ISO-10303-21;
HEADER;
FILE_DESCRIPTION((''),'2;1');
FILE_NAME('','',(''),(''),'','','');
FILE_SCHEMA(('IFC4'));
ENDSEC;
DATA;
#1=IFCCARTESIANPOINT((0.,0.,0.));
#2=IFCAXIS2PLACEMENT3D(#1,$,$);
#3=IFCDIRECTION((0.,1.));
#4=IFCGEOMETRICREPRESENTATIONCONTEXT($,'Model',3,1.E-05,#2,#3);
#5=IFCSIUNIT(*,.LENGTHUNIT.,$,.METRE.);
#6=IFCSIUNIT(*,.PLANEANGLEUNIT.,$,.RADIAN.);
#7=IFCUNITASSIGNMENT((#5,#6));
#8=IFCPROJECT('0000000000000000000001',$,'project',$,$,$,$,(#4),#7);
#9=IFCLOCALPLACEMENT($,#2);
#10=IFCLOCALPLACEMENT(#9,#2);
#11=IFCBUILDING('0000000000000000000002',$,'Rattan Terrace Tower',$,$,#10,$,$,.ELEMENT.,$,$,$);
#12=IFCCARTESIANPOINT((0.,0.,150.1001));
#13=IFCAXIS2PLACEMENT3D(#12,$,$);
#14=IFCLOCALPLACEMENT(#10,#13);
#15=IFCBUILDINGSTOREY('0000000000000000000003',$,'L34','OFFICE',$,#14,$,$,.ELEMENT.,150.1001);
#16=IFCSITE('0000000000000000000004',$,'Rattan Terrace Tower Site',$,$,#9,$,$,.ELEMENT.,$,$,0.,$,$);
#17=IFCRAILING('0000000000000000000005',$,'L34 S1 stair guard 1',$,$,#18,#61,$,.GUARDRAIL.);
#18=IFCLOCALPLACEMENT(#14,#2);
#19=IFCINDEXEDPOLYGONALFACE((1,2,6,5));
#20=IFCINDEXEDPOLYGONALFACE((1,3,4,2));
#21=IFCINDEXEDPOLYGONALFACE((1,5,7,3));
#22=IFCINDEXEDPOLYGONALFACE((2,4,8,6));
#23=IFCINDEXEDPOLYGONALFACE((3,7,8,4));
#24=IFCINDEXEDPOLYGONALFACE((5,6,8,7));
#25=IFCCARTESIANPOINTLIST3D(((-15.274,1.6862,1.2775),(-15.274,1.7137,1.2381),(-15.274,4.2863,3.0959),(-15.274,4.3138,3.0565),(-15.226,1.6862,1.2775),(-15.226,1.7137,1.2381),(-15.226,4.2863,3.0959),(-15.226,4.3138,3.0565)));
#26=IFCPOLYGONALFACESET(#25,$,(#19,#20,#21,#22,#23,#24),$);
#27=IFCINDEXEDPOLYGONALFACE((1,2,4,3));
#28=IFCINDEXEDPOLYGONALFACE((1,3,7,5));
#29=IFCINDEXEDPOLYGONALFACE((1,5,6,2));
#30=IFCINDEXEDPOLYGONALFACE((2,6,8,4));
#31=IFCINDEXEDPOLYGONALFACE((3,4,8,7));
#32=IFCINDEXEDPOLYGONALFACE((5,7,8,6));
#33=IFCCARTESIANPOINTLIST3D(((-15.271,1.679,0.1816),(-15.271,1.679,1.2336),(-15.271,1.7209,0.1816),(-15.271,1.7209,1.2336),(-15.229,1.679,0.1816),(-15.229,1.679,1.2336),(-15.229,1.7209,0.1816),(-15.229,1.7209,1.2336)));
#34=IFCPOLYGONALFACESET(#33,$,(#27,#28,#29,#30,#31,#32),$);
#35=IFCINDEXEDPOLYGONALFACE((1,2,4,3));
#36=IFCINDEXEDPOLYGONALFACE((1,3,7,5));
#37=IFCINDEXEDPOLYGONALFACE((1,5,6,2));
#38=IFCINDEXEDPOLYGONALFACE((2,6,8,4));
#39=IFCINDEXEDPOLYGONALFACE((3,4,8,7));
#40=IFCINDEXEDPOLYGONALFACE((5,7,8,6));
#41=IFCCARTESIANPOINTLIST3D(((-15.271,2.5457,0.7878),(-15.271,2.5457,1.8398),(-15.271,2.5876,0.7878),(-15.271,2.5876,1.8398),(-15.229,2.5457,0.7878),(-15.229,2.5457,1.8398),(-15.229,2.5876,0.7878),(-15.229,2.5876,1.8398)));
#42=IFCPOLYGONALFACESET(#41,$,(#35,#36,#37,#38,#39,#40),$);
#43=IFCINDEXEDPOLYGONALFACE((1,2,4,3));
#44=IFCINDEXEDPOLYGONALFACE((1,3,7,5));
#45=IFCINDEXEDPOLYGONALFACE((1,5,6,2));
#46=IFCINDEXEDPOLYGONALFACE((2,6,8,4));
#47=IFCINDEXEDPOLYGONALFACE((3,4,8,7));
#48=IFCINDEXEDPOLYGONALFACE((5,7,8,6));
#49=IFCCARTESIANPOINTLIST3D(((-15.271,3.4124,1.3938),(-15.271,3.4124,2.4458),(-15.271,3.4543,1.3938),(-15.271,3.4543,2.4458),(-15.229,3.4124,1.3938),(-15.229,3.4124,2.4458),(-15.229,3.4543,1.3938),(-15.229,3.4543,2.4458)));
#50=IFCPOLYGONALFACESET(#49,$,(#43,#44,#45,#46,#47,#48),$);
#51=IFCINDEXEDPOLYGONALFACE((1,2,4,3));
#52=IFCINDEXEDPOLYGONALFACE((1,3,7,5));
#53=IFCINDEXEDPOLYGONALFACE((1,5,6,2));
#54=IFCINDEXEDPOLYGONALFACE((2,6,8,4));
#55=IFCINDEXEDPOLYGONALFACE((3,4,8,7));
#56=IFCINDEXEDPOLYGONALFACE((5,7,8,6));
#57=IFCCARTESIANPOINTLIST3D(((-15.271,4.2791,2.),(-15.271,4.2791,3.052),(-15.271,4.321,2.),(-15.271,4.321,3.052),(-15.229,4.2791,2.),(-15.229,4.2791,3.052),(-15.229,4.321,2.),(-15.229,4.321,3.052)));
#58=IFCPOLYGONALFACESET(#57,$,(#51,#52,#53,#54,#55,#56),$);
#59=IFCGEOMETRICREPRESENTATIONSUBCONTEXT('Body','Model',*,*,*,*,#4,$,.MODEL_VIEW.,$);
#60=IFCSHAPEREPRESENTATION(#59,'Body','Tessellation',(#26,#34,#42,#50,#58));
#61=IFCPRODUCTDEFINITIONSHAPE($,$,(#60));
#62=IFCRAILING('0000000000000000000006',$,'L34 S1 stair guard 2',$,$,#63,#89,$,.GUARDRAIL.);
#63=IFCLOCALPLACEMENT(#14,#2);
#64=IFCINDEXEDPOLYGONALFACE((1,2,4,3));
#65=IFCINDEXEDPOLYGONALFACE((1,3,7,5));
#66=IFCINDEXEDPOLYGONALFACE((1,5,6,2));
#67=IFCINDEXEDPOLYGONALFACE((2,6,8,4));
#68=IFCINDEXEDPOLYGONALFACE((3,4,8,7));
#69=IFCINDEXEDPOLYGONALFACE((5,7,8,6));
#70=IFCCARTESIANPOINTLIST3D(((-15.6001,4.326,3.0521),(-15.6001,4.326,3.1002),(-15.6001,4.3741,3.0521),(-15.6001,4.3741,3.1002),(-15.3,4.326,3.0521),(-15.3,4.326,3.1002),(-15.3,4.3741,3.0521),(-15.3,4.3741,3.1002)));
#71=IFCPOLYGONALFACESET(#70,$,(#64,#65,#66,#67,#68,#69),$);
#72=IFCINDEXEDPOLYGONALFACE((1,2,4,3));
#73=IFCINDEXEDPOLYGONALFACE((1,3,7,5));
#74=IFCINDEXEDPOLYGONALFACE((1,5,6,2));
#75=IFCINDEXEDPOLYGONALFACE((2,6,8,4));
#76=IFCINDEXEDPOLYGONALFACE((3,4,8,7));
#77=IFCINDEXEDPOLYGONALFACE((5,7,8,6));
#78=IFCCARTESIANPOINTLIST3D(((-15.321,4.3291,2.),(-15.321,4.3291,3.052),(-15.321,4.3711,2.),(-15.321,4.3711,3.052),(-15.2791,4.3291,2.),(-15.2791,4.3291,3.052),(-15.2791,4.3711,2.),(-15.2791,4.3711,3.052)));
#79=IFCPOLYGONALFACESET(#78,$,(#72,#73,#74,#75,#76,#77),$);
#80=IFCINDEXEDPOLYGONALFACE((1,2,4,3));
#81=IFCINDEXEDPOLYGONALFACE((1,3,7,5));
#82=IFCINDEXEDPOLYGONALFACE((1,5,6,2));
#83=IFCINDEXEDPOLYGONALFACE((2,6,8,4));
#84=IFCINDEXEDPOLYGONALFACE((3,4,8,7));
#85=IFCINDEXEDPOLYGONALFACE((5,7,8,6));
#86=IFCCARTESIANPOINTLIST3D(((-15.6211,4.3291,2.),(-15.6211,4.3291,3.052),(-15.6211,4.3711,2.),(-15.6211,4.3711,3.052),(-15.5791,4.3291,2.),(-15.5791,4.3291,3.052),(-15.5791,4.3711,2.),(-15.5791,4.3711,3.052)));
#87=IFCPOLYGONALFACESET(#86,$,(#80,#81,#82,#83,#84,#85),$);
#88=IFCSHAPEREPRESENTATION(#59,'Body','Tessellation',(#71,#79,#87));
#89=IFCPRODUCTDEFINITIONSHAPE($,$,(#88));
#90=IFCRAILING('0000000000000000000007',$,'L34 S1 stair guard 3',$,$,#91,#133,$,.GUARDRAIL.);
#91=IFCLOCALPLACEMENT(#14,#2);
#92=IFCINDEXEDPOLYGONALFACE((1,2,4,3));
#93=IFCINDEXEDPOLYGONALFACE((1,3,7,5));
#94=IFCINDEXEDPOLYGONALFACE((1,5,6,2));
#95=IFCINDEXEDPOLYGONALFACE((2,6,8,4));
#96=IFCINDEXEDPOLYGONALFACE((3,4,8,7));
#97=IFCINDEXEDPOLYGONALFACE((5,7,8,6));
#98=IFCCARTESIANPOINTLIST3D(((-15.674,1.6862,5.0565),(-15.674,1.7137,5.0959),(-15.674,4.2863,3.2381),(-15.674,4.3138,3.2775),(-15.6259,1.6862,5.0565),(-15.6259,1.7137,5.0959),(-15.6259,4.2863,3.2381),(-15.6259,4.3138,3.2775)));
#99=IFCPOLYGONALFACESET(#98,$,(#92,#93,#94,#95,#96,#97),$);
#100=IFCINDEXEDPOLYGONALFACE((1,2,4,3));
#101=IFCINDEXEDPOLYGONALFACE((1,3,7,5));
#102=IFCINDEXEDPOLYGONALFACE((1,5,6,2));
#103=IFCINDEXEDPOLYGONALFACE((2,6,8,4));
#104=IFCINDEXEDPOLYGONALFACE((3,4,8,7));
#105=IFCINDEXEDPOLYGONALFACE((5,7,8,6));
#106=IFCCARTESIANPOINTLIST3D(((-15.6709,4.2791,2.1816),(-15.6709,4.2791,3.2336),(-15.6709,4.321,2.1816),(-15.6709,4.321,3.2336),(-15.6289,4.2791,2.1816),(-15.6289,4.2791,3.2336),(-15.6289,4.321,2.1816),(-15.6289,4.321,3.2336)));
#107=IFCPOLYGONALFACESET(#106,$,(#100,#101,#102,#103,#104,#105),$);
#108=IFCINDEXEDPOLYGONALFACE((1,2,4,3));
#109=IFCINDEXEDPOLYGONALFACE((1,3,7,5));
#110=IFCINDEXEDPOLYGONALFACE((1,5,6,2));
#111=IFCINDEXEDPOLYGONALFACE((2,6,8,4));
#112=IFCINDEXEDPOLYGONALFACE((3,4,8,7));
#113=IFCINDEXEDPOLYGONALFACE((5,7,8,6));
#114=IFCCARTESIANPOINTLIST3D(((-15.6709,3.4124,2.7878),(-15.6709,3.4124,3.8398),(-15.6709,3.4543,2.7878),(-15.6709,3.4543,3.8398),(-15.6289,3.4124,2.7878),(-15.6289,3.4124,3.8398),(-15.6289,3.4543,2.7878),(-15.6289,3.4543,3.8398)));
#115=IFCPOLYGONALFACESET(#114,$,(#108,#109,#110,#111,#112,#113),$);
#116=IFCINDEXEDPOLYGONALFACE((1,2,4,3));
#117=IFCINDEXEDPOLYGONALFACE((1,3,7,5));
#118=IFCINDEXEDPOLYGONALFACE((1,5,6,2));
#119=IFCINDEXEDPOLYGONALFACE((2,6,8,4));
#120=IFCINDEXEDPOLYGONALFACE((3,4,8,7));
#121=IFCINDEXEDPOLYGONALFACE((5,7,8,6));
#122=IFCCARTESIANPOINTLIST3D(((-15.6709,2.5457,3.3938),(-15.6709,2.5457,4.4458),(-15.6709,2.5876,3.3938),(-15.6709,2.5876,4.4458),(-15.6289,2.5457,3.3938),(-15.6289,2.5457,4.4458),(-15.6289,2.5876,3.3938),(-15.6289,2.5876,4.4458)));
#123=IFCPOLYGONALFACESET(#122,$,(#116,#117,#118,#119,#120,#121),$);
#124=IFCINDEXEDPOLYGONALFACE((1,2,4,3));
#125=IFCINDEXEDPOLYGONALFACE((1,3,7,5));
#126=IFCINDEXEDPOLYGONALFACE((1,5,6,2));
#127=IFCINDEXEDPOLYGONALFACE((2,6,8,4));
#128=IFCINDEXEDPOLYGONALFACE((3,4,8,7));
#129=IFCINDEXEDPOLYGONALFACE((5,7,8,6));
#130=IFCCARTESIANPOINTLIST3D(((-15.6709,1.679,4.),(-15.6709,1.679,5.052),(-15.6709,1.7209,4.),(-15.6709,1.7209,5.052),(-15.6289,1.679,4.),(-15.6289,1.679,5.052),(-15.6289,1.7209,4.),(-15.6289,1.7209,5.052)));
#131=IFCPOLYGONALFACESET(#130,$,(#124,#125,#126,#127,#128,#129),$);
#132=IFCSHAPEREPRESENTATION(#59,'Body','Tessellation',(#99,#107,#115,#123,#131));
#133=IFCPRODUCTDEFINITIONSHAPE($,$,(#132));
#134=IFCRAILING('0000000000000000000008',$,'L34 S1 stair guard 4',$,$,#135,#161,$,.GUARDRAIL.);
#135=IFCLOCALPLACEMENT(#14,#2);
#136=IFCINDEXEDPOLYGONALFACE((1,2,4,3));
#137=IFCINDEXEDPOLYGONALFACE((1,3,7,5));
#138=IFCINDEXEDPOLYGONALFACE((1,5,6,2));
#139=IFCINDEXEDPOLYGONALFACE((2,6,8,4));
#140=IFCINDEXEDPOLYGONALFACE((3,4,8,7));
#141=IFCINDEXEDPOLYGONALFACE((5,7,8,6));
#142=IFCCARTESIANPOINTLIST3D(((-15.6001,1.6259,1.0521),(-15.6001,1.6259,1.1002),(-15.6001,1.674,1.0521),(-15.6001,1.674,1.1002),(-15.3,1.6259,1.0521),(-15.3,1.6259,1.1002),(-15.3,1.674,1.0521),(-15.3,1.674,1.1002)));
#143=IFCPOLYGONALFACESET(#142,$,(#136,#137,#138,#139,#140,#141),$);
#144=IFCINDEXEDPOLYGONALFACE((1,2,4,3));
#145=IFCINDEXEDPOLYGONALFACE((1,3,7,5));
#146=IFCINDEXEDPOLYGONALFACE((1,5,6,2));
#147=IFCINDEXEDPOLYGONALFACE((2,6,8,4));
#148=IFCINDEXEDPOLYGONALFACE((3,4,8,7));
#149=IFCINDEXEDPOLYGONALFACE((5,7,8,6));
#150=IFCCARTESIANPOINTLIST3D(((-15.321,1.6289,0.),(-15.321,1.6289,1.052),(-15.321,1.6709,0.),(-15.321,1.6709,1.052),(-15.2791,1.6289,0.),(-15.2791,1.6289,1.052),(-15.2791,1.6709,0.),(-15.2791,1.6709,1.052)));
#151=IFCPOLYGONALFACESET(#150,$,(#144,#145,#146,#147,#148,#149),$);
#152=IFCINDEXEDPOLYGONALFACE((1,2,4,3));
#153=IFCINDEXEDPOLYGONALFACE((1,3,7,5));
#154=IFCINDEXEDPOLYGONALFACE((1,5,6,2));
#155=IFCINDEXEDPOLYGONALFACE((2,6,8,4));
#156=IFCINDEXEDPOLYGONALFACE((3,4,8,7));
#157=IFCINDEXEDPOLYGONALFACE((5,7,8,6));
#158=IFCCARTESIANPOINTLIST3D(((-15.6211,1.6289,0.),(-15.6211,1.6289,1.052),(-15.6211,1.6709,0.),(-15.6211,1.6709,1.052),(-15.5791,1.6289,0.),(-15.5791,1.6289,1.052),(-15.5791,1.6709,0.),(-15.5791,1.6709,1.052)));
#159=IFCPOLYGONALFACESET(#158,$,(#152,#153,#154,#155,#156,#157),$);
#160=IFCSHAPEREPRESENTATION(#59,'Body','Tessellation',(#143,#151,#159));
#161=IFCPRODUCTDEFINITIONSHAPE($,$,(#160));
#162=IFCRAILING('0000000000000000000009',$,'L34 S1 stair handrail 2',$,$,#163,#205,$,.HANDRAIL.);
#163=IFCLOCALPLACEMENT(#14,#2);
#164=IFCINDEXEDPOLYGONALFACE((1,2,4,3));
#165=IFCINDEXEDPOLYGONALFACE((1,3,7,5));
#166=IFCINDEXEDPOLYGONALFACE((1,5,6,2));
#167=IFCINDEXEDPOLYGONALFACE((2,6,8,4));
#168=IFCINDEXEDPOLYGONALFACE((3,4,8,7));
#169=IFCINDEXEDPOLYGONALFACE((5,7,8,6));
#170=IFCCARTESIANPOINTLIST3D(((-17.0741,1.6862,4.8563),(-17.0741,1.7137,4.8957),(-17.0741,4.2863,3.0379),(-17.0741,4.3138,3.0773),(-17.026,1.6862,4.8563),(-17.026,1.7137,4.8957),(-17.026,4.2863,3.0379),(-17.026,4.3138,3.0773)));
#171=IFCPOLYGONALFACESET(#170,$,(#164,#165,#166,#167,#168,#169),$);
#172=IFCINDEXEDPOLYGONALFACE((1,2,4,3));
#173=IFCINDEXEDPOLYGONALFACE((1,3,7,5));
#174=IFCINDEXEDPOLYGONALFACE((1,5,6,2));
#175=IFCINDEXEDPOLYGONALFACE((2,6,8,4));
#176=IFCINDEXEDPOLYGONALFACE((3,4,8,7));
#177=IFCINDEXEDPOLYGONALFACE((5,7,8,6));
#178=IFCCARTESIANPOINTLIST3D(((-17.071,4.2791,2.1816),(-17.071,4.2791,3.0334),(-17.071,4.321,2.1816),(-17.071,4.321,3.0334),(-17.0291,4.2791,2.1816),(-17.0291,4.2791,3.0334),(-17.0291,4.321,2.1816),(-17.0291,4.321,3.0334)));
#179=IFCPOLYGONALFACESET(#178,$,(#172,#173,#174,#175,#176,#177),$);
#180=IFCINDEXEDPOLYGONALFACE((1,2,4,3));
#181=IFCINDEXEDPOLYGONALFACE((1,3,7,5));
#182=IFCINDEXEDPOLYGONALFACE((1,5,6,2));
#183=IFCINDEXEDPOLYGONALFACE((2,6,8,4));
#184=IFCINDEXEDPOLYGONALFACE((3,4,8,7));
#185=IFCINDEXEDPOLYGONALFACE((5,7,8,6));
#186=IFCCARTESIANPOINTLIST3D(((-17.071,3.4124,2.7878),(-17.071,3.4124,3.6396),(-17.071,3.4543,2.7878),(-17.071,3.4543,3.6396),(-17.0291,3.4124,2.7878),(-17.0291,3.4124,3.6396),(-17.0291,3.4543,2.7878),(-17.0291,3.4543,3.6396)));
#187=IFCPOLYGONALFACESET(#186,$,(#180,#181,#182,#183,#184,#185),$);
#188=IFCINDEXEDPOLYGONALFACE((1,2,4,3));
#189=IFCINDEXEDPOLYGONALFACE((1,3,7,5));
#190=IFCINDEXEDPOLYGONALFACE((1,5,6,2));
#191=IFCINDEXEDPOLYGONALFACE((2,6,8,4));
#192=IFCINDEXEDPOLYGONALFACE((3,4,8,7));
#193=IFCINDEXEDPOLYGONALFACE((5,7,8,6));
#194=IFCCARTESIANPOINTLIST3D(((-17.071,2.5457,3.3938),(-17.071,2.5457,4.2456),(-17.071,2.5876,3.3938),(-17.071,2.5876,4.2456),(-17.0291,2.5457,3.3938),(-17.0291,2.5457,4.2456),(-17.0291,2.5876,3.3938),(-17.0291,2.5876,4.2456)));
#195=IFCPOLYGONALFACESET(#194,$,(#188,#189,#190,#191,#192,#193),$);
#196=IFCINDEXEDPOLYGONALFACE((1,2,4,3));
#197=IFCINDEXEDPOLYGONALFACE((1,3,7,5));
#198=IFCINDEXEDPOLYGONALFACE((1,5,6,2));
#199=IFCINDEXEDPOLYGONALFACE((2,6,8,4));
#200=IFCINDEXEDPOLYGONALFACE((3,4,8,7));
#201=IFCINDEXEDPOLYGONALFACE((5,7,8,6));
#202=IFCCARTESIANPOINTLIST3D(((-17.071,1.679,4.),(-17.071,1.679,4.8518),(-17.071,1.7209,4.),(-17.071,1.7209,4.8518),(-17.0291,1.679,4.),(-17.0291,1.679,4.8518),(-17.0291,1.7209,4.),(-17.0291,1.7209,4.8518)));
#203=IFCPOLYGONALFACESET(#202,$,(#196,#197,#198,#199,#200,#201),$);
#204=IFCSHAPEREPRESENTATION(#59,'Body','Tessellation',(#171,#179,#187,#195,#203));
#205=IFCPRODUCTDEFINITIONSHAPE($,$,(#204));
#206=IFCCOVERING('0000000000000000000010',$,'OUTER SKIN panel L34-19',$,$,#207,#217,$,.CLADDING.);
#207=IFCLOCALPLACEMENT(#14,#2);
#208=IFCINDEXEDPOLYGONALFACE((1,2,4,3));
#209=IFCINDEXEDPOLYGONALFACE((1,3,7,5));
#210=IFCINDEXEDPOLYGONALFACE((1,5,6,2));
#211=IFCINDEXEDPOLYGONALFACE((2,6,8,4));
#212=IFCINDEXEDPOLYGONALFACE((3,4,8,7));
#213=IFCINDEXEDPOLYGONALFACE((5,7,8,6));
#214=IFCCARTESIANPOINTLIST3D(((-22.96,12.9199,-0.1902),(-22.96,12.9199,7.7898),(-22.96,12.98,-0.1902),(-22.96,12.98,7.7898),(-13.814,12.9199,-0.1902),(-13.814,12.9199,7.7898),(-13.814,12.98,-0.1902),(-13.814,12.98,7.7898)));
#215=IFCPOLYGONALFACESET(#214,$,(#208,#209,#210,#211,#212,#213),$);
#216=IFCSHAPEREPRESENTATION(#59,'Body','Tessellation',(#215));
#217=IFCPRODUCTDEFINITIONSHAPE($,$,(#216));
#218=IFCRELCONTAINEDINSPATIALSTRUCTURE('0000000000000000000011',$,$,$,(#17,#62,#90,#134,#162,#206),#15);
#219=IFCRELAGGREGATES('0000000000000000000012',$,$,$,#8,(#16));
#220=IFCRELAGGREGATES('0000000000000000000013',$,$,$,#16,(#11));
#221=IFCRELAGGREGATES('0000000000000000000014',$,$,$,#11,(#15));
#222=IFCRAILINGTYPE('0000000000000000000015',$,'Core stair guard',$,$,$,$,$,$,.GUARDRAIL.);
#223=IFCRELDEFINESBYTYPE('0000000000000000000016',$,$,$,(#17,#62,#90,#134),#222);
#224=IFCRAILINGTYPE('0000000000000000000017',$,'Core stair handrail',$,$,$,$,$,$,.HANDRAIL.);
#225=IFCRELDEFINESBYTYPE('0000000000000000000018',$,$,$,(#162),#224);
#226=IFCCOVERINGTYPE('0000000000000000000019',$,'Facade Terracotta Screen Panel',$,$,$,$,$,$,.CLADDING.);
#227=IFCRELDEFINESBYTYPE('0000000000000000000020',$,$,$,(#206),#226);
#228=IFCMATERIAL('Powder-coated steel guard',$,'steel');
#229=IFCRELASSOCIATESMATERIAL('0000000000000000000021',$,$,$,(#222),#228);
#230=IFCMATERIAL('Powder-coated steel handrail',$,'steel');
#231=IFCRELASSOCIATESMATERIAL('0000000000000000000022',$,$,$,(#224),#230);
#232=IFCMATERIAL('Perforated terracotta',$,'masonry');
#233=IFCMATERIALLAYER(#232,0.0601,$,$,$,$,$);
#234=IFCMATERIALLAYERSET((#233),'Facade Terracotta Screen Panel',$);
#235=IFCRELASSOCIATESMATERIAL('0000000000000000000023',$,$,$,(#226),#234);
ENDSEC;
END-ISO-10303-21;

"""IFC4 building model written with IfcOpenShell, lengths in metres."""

from ifc_helpers import new_model, si_unit, direction, frame, origin, origin_2d, place, context, subcontext, project, spatial, rectangle, extrude, material, layer, layer_set, type_object, element, save


model = new_model("IFC4")

# Units and contexts
model_context = context("Model", 3, precision=1e-05, world=origin(), true_north=direction((0.0, 1.0)))
body_context = subcontext(model_context, "Body", "Model", "MODEL_VIEW")
ifc_project = project(units=[si_unit("LENGTHUNIT", "METRE"), si_unit("PLANEANGLEUNIT", "RADIAN")], contexts=[model_context])

# Site, building, storey
site_placement = place(None, origin())
site = spatial("IfcSite", under=ifc_project, at=site_placement, Name="Rattan Terrace Tower Site", CompositionType="ELEMENT", RefElevation=0.0)
building_placement = place(site_placement, origin())
building = spatial("IfcBuilding", under=site, at=building_placement, Name="Rattan Terrace Tower", CompositionType="ELEMENT")
storey_placement = place(building_placement, frame((0.0, 0.0, 150.1001)))
storey = spatial("IfcBuildingStorey", under=building, at=storey_placement, Name="L34", Description="OFFICE", CompositionType="ELEMENT", Elevation=150.1001)

# Railings
ifc_material_1 = material(Name="Powder-coated steel guard", Category="steel")
railing_type_1 = type_object("IfcRailingType", Name="Core stair guard", PredefinedType="GUARDRAIL", material=ifc_material_1)
railing_1_placement = place(storey_placement, frame((-15.25, 1.7, 0.1816)))
element("IfcRailing", 1, at=railing_1_placement, inside=storey, type_object=railing_type_1, Name="L34 S1 stair guard 1", PredefinedType="GUARDRAIL", context=body_context, shape_type="SweptSolid", body=[
    extrude(rectangle(XDim=0.0481, YDim=0.0481, at=origin_2d()), frame((0.0, 0.0, 1.0762), z_axis=(0.0, 0.819485, 0.573101), x_axis=(-1.0, 0.0, 0.0)), (0.0, 0.0, 1.0), 3.1729),
    extrude(rectangle(XDim=0.042, YDim=0.042, at=origin_2d()), origin(), (0.0, 0.0, 1.0), 1.052),
    extrude(rectangle(XDim=0.042, YDim=0.042, at=origin_2d()), frame((0.0, 0.8667, 0.6062)), (0.0, 0.0, 1.0), 1.052),
    extrude(rectangle(XDim=0.042, YDim=0.042, at=origin_2d()), frame((0.0, 1.7334, 1.2122)), (0.0, 0.0, 1.0), 1.052),
    extrude(rectangle(XDim=0.042, YDim=0.042, at=origin_2d()), frame((0.0, 2.6001, 1.8184)), (0.0, 0.0, 1.0), 1.052),
])
railing_2_placement = place(storey_placement, frame((-15.3, 4.3501, 2.0)))
element("IfcRailing", 2, at=railing_2_placement, inside=storey, type_object=railing_type_1, Name="L34 S1 stair guard 2", PredefinedType="GUARDRAIL", context=body_context, shape_type="SweptSolid", body=[
    extrude(rectangle(XDim=0.0481, YDim=0.0481, at=origin_2d()), frame((0.0, 0.0, 1.0762), z_axis=(-1.0, 0.0, 0.0), x_axis=(0.0, -1.0, 0.0)), (0.0, 0.0, 1.0), 0.3),
    extrude(rectangle(XDim=0.042, YDim=0.042, at=origin_2d()), origin(), (0.0, 0.0, 1.0), 1.052),
    extrude(rectangle(XDim=0.042, YDim=0.042, at=origin_2d()), frame((-0.3, 0.0, 0.0)), (0.0, 0.0, 1.0), 1.052),
])
railing_3_placement = place(storey_placement, frame((-15.6499, 4.3, 2.1816)))
element("IfcRailing", 3, at=railing_3_placement, inside=storey, type_object=railing_type_1, Name="L34 S1 stair guard 3", PredefinedType="GUARDRAIL", context=body_context, shape_type="SweptSolid", body=[
    extrude(rectangle(XDim=0.0481, YDim=0.0481, at=origin_2d()), frame((0.0, 0.0, 1.0762), z_axis=(0.0, -0.819485, 0.573101), x_axis=(1.0, 0.0, 0.0)), (0.0, 0.0, 1.0), 3.1729),
    extrude(rectangle(XDim=0.042, YDim=0.042, at=origin_2d()), origin(), (0.0, 0.0, 1.0), 1.052),
    extrude(rectangle(XDim=0.042, YDim=0.042, at=origin_2d()), frame((0.0, -0.8667, 0.6062)), (0.0, 0.0, 1.0), 1.052),
    extrude(rectangle(XDim=0.042, YDim=0.042, at=origin_2d()), frame((0.0, -1.7334, 1.2122)), (0.0, 0.0, 1.0), 1.052),
    extrude(rectangle(XDim=0.042, YDim=0.042, at=origin_2d()), frame((0.0, -2.6001, 1.8184)), (0.0, 0.0, 1.0), 1.052),
])
railing_4_placement = place(storey_placement, frame((-15.3, 1.6499, 0.0)))
element("IfcRailing", 4, at=railing_4_placement, inside=storey, type_object=railing_type_1, Name="L34 S1 stair guard 4", PredefinedType="GUARDRAIL", context=body_context, shape_type="SweptSolid", body=[
    extrude(rectangle(XDim=0.0481, YDim=0.0481, at=origin_2d()), frame((0.0, 0.0, 1.0762), z_axis=(-1.0, 0.0, 0.0), x_axis=(0.0, -1.0, 0.0)), (0.0, 0.0, 1.0), 0.3),
    extrude(rectangle(XDim=0.042, YDim=0.042, at=origin_2d()), origin(), (0.0, 0.0, 1.0), 1.052),
    extrude(rectangle(XDim=0.042, YDim=0.042, at=origin_2d()), frame((-0.3, 0.0, 0.0)), (0.0, 0.0, 1.0), 1.052),
])
ifc_material_2 = material(Name="Powder-coated steel handrail", Category="steel")
railing_type_2 = type_object("IfcRailingType", Name="Core stair handrail", PredefinedType="HANDRAIL", material=ifc_material_2)
railing_5_placement = place(storey_placement, frame((-17.05, 4.3, 2.1816)))
element("IfcRailing", 5, at=railing_5_placement, inside=storey, type_object=railing_type_2, Name="L34 S1 stair handrail 2", PredefinedType="HANDRAIL", context=body_context, shape_type="SweptSolid", body=[
    extrude(rectangle(XDim=0.0481, YDim=0.0481, at=origin_2d()), frame((0.0, 0.0, 0.876), z_axis=(0.0, -0.819485, 0.573101), x_axis=(1.0, 0.0, 0.0)), (0.0, 0.0, 1.0), 3.1729),
    extrude(rectangle(XDim=0.042, YDim=0.042, at=origin_2d()), origin(), (0.0, 0.0, 1.0), 0.8518),
    extrude(rectangle(XDim=0.042, YDim=0.042, at=origin_2d()), frame((0.0, -0.8667, 0.6062)), (0.0, 0.0, 1.0), 0.8518),
    extrude(rectangle(XDim=0.042, YDim=0.042, at=origin_2d()), frame((0.0, -1.7334, 1.2122)), (0.0, 0.0, 1.0), 0.8518),
    extrude(rectangle(XDim=0.042, YDim=0.042, at=origin_2d()), frame((0.0, -2.6001, 1.8184)), (0.0, 0.0, 1.0), 0.8518),
])

# Covering
ifc_material_3 = material(Name="Perforated terracotta", Category="masonry")
ifc_layer_1 = layer(ifc_material_3, 0.0601)
ifc_layer_set_1 = layer_set([ifc_layer_1], Name="Facade Terracotta Screen Panel")
covering_type = type_object("IfcCoveringType", Name="Facade Terracotta Screen Panel", PredefinedType="CLADDING", material=ifc_layer_set_1)
covering_1_placement = place(storey_placement, frame((-18.387, 12.95, -0.1902), z_axis=(0.0, 0.0, 1.0), x_axis=(-1.0, 0.0, 0.0)))
element("IfcCovering", 6, at=covering_1_placement, inside=storey, type_object=covering_type, Name="OUTER SKIN panel L34-19", PredefinedType="CLADDING", context=body_context, shape_type="SweptSolid", body=[
    extrude(rectangle(XDim=9.146, YDim=0.0601, at=origin_2d()), origin(), (0.0, 0.0, 1.0), 7.98),
])

save(model, "model.ifc")
